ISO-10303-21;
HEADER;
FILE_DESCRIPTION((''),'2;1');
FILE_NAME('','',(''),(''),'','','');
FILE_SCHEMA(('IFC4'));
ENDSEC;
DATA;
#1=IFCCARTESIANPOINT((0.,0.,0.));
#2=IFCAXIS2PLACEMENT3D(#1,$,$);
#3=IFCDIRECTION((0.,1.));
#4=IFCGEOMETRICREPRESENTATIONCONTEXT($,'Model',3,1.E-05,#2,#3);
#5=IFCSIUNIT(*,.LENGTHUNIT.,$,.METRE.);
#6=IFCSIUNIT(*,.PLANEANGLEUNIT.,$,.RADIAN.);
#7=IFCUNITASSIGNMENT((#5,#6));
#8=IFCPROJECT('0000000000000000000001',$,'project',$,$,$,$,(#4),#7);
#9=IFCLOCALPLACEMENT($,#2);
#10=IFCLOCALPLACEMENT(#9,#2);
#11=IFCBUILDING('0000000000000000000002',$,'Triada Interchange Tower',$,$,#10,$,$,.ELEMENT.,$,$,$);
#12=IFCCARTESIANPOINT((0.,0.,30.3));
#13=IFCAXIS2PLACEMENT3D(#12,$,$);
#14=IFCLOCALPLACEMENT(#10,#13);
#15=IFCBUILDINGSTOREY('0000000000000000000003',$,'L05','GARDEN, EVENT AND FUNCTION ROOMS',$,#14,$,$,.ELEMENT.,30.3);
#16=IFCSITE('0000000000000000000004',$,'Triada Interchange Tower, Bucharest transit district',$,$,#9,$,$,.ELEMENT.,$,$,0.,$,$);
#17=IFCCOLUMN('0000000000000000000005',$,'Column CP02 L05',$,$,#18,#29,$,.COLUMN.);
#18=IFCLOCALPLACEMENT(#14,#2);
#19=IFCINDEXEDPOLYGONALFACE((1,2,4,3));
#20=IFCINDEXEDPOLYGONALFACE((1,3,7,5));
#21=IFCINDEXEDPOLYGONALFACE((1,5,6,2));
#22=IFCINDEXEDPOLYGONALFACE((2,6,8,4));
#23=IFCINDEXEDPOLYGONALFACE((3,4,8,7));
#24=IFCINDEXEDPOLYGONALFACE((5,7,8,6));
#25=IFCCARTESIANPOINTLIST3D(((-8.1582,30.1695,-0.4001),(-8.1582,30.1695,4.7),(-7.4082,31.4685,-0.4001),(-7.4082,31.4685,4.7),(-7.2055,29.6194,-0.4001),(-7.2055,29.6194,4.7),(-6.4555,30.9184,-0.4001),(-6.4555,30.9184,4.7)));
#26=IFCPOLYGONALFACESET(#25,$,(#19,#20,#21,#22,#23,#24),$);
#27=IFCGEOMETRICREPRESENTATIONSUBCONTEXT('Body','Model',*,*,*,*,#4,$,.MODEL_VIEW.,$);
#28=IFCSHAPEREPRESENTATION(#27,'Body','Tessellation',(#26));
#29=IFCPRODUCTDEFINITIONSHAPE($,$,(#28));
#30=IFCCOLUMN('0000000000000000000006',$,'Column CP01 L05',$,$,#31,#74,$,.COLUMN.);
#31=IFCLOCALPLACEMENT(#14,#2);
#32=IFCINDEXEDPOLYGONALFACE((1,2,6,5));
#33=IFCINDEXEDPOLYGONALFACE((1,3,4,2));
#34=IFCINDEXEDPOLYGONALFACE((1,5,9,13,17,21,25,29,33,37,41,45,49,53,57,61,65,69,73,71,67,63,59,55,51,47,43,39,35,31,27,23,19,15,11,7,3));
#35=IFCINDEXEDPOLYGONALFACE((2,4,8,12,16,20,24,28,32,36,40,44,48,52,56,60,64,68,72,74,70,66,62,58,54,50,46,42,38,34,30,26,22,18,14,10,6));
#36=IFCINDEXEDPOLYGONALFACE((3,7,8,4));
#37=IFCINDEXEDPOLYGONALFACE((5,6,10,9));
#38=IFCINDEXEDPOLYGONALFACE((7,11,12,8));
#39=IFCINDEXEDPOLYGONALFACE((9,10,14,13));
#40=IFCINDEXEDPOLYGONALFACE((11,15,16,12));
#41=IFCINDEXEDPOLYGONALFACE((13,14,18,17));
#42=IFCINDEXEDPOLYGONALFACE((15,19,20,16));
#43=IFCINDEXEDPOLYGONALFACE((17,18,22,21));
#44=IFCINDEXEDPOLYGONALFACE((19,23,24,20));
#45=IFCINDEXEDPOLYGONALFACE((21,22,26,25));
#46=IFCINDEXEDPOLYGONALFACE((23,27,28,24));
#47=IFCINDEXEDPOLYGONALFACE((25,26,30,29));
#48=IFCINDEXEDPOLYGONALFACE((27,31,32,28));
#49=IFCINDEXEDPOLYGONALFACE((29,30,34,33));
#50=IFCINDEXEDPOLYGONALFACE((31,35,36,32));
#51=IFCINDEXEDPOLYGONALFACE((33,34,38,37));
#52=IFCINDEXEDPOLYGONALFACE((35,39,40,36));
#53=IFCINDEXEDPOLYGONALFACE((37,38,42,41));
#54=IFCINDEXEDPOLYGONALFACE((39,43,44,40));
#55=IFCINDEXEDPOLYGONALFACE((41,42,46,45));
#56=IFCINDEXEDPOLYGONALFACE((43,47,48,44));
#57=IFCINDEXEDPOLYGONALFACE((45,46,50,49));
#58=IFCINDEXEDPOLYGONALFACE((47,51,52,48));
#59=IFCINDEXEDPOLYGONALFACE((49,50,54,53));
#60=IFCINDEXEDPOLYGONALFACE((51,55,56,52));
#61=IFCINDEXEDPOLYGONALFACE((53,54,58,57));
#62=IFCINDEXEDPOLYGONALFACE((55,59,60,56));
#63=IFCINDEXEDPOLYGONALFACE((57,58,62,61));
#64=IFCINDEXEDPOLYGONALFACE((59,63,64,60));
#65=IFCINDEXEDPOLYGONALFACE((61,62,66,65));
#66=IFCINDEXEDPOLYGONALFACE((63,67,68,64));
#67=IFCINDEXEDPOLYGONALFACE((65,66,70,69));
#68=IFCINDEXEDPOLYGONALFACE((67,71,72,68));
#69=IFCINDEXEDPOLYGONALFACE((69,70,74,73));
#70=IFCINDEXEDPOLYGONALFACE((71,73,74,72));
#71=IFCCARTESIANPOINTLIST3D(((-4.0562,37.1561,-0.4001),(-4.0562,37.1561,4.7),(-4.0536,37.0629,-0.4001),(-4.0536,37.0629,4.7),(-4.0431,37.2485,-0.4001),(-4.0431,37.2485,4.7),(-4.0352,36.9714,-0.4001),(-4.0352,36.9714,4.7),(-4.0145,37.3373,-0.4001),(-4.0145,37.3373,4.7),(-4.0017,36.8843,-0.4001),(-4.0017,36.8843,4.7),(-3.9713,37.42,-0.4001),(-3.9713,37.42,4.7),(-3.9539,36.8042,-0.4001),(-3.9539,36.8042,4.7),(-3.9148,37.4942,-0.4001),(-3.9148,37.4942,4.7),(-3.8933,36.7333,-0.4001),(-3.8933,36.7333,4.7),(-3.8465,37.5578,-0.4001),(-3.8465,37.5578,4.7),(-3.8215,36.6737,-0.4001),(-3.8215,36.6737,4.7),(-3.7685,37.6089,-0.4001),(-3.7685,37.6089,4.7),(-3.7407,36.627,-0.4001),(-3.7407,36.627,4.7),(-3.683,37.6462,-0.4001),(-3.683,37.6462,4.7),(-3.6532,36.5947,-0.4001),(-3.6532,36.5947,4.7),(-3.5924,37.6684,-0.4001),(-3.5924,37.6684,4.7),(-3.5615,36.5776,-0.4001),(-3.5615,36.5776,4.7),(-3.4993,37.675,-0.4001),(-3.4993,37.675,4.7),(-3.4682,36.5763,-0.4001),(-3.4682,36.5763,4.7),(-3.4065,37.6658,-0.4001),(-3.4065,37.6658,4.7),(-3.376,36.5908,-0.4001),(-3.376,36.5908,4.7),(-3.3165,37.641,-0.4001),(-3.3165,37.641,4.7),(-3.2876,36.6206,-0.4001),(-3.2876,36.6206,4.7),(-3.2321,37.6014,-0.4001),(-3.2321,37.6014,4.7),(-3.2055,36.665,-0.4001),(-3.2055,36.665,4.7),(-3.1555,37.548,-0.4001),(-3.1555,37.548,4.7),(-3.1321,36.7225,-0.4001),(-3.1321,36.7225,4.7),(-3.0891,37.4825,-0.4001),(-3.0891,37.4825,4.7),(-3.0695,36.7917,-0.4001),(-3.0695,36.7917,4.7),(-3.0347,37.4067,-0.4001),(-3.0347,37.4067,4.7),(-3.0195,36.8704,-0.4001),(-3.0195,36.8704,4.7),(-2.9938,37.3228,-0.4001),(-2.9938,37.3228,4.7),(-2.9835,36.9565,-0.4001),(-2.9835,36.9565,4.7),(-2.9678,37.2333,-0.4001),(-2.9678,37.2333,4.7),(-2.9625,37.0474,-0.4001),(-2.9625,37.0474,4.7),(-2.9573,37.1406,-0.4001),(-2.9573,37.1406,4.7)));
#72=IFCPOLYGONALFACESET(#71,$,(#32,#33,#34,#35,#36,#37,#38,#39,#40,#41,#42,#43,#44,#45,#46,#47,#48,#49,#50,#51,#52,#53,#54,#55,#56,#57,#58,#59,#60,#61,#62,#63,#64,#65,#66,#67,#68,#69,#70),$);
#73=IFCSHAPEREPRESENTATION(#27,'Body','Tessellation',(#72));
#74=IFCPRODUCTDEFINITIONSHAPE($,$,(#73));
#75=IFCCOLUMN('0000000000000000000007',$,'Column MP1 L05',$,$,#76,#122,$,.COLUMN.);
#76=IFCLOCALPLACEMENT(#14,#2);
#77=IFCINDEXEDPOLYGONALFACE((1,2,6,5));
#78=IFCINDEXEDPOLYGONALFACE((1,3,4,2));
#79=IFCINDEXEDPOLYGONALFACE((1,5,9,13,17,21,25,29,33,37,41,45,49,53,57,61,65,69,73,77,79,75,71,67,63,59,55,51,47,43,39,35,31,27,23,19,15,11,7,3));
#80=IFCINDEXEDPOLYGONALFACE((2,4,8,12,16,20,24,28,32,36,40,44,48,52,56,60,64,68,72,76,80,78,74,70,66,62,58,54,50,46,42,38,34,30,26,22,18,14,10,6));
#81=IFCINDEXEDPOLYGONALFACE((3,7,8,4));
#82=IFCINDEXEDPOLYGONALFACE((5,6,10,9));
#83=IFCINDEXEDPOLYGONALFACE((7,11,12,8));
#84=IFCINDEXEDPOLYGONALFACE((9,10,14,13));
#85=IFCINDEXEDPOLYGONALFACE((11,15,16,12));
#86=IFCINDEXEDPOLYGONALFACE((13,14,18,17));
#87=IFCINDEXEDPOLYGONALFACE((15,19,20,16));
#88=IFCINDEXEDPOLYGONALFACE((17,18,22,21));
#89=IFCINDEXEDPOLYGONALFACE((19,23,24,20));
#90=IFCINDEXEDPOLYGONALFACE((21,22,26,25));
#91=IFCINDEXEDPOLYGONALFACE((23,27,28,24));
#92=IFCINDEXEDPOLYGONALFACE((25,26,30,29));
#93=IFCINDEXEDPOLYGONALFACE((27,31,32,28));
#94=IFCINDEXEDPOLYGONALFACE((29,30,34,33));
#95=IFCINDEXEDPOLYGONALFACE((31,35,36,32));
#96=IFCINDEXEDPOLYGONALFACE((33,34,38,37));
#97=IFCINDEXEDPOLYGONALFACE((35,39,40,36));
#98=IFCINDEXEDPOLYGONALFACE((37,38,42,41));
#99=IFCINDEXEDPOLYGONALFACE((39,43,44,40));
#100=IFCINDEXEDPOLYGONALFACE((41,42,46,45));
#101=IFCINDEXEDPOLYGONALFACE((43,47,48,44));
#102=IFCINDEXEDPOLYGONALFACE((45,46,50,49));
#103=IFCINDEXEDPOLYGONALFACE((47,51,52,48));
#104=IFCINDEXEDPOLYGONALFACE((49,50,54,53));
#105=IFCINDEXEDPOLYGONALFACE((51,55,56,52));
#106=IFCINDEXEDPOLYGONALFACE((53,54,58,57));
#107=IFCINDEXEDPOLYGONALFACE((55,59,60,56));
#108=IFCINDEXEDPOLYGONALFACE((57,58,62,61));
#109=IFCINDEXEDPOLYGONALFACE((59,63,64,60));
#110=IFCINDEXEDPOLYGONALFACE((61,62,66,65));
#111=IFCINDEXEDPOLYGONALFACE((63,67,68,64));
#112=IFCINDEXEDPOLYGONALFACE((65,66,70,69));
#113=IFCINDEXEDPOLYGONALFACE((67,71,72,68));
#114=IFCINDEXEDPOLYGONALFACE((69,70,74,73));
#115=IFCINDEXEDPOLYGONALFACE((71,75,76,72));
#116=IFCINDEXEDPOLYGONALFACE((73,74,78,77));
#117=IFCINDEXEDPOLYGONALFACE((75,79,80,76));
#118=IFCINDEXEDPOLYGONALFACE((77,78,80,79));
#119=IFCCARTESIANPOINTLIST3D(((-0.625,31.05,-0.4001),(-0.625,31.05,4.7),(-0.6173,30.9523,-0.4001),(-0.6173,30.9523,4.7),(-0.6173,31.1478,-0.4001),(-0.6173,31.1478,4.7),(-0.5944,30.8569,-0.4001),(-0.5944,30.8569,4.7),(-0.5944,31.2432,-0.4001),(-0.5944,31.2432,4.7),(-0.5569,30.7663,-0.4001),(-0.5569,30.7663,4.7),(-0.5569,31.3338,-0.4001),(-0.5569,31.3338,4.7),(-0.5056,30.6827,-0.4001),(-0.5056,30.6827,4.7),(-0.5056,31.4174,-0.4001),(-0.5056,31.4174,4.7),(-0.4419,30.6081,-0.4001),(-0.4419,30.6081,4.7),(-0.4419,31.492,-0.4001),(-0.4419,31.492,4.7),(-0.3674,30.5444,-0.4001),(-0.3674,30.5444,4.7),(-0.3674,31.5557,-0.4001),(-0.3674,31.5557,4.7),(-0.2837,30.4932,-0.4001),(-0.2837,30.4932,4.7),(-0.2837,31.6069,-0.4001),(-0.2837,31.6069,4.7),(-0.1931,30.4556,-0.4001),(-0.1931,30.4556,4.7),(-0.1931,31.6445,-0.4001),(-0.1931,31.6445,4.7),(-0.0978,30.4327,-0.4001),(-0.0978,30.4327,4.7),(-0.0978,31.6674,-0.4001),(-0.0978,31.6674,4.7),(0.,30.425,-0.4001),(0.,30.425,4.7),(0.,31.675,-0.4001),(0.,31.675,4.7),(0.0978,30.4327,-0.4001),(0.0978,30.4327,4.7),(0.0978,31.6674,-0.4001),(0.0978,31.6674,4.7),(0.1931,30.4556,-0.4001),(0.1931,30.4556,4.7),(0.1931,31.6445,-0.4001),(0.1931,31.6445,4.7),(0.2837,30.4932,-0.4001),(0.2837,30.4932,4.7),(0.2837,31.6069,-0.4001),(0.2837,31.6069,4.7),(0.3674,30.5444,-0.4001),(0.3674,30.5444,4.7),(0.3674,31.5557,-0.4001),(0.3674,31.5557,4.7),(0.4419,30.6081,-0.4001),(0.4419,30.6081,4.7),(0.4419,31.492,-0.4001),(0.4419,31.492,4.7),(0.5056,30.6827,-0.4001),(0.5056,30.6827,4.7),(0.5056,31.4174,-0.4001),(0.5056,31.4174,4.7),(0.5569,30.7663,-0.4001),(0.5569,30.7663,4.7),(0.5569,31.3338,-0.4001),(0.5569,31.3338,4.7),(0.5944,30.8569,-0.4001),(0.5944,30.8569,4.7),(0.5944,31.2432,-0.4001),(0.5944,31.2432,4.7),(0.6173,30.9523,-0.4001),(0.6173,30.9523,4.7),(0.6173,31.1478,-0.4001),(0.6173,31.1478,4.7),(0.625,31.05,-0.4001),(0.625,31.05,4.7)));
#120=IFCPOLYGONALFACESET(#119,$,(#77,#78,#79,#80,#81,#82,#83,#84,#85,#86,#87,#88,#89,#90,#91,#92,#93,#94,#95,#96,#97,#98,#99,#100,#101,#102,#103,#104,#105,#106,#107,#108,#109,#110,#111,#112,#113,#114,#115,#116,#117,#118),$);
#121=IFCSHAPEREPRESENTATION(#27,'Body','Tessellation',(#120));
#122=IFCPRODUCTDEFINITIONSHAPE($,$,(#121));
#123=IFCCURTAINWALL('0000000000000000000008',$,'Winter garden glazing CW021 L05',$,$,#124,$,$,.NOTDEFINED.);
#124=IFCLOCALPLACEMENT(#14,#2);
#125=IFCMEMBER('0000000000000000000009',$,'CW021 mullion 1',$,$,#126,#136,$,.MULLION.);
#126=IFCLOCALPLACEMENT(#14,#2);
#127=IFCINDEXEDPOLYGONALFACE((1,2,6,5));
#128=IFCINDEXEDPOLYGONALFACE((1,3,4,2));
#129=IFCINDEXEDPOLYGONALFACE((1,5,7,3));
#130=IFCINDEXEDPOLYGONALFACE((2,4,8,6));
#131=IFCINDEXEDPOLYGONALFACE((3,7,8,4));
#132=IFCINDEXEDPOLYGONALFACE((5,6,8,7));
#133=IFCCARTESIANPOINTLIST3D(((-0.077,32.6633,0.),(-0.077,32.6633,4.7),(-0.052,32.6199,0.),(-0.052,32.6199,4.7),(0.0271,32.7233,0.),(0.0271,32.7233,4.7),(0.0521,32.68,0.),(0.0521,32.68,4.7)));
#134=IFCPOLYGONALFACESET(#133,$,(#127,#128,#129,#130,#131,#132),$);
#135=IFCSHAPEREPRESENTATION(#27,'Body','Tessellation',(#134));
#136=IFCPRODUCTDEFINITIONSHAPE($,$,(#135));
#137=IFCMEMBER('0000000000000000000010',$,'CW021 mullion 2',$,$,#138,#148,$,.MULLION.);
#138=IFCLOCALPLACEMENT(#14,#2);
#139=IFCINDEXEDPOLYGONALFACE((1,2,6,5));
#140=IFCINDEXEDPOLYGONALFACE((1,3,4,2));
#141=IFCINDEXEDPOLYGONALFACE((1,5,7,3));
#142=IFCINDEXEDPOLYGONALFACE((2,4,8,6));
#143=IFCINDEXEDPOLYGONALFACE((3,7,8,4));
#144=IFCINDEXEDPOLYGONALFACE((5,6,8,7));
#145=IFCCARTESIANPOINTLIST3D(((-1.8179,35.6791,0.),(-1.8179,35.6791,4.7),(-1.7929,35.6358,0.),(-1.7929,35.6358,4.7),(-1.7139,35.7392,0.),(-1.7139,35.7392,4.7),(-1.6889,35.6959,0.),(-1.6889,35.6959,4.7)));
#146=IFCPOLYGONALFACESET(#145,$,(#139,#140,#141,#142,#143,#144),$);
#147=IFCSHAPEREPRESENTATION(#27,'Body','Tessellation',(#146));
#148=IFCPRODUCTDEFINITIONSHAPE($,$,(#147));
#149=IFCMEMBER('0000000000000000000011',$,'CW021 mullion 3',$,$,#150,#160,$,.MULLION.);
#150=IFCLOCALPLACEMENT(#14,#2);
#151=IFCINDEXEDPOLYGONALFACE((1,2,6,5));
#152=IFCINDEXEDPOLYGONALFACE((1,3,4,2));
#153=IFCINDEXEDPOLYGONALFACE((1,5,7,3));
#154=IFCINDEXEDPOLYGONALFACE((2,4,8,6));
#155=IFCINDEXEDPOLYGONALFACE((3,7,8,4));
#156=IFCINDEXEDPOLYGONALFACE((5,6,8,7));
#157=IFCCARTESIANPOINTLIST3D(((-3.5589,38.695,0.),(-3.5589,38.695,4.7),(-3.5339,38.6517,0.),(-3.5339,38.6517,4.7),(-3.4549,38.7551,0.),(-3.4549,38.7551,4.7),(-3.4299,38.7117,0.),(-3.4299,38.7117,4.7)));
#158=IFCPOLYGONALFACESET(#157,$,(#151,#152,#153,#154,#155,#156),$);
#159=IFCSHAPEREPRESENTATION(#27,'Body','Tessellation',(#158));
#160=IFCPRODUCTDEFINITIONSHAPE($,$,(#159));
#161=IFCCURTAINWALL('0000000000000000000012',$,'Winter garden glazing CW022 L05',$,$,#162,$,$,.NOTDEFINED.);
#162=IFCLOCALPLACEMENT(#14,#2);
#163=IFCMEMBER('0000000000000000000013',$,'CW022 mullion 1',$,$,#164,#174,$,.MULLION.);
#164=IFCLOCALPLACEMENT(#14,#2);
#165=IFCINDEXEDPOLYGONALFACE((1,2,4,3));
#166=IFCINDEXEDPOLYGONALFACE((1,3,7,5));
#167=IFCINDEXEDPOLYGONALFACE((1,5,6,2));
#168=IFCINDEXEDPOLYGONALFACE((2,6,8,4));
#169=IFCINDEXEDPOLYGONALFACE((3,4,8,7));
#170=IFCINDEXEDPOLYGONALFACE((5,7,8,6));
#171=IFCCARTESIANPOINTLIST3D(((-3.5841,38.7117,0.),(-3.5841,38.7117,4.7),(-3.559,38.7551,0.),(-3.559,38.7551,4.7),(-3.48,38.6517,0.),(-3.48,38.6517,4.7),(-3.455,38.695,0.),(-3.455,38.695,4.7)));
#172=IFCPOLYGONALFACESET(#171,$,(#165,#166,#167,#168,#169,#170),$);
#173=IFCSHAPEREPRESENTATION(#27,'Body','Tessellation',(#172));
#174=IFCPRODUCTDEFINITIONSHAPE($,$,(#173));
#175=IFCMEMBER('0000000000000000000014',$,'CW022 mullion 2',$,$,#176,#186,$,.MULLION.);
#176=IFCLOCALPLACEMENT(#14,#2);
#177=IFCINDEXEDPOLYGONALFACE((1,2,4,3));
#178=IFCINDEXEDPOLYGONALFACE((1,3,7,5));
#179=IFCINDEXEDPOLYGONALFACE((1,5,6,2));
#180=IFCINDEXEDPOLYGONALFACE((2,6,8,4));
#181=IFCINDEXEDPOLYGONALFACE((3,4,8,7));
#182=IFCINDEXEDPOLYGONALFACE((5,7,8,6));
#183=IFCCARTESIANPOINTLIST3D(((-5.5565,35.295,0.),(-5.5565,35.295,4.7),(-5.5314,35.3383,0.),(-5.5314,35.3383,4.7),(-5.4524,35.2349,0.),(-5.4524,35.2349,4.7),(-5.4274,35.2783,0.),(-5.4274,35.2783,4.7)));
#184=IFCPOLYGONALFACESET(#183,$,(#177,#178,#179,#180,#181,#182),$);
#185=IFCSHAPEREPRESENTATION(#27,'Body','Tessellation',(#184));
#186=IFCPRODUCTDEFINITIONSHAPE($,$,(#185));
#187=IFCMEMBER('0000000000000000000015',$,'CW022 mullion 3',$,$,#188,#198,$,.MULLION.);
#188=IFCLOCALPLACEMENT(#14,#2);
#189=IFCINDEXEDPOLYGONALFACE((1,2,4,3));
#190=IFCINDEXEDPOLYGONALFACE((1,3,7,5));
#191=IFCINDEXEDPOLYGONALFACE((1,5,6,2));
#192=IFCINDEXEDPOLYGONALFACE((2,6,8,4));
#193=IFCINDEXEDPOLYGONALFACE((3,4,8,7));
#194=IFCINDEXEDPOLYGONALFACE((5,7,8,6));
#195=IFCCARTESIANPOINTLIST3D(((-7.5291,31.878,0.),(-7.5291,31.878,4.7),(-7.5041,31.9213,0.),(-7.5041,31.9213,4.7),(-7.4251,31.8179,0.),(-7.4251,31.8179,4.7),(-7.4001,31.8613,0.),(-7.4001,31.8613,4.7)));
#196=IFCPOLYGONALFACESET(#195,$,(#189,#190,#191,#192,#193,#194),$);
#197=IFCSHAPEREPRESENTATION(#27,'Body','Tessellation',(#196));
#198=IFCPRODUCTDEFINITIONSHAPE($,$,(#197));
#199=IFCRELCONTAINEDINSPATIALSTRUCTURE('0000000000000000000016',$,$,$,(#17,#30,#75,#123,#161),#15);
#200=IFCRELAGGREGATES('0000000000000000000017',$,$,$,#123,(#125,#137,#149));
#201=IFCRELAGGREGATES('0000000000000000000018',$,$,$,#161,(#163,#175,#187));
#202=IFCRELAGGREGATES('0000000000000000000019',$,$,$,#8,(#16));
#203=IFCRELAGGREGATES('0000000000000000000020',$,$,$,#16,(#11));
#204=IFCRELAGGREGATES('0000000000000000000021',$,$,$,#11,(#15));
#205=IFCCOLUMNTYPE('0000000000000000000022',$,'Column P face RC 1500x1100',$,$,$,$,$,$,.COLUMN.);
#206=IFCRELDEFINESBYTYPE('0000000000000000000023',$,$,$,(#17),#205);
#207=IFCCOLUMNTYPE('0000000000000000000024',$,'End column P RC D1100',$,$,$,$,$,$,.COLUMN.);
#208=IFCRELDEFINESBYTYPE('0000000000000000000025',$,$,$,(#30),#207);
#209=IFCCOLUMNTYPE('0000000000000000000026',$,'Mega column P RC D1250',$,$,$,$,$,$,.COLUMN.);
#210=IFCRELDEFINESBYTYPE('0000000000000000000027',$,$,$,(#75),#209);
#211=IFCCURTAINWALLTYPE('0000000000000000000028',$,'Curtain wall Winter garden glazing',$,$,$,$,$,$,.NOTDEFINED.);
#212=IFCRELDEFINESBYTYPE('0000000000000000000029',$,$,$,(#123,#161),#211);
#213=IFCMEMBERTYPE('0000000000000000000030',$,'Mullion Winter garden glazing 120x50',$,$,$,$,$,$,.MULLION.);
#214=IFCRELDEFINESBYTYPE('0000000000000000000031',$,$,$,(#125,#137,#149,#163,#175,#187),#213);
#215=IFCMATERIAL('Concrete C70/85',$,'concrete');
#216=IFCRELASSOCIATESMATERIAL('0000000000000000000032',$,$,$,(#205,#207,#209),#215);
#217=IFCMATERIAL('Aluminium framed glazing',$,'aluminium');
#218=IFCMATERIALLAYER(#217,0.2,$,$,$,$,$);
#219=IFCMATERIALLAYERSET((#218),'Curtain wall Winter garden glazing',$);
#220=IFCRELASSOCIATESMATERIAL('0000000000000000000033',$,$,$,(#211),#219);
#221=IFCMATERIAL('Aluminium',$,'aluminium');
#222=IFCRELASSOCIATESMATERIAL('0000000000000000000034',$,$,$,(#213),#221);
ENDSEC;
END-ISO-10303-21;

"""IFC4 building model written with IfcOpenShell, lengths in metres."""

from ifc_helpers import new_model, si_unit, direction, frame, origin, origin_2d, place, context, subcontext, project, spatial, rectangle, circle, extrude, material, layer, layer_set, material_profile, profile_set, type_object, element, aggregate, save


model = new_model("IFC4")

# Units and contexts
model_context = context("Model", 3, precision=1e-05, world=origin(), true_north=direction((0.0, 1.0)))
body_context = subcontext(model_context, "Body", "Model", "MODEL_VIEW")
ifc_project = project(units=[si_unit("LENGTHUNIT", "METRE"), si_unit("PLANEANGLEUNIT", "RADIAN")], contexts=[model_context])

# Site, building, storey
site_placement = place(None, origin())
site = spatial("IfcSite", under=ifc_project, at=site_placement, Name="Triada Interchange Tower, Bucharest transit district", CompositionType="ELEMENT", RefElevation=0.0)
building_placement = place(site_placement, origin())
building = spatial("IfcBuilding", under=site, at=building_placement, Name="Triada Interchange Tower", CompositionType="ELEMENT")
storey_placement = place(building_placement, frame((0.0, 0.0, 30.3)))
storey = spatial("IfcBuildingStorey", under=building, at=storey_placement, Name="L05", Description="GARDEN, EVENT AND FUNCTION ROOMS", CompositionType="ELEMENT", Elevation=30.3)

# Columns
ifc_material_1 = material(Name="Concrete C70/85", Category="concrete")
ifc_material_profile_1 = material_profile(ifc_material_1, rectangle(XDim=1.5, YDim=1.1001, at=origin_2d()), Name="RC 1500x1100")
ifc_profile_set_1 = profile_set([ifc_material_profile_1], Name="Concrete C70/85")
column_type_1 = type_object("IfcColumnType", Name="Column P face RC 1500x1100", PredefinedType="COLUMN", material=ifc_profile_set_1)
column_1_placement = place(storey_placement, frame((-7.3069, 30.5439, -0.4001), z_axis=(0.0, 0.0, 1.0), x_axis=(0.5, 0.866025, 0.0)))
element("IfcColumn", 1, at=column_1_placement, inside=storey, type_object=column_type_1, Name="Column CP02 L05", PredefinedType="COLUMN", context=body_context, shape_type="SweptSolid", body=[
    extrude(rectangle(XDim=1.5, YDim=1.1001, at=origin_2d()), origin(), (0.0, 0.0, 1.0), 5.1001),
])
ifc_material_profile_2 = material_profile(ifc_material_1, circle(Radius=0.55, at=origin_2d()), Name="RC D1100")
ifc_profile_set_2 = profile_set([ifc_material_profile_2], Name="Concrete C70/85")
column_type_2 = type_object("IfcColumnType", Name="End column P RC D1100", PredefinedType="COLUMN", material=ifc_profile_set_2)
column_2_placement = place(storey_placement, frame((-3.5071, 37.125, -0.4001), z_axis=(0.0, 0.0, 1.0), x_axis=(0.5, 0.866025, 0.0)))
element("IfcColumn", 2, at=column_2_placement, inside=storey, type_object=column_type_2, Name="Column CP01 L05", PredefinedType="COLUMN", context=body_context, shape_type="SweptSolid", body=[
    extrude(circle(Radius=0.55, at=origin_2d()), origin(), (0.0, 0.0, 1.0), 5.1001),
])
ifc_material_profile_3 = material_profile(ifc_material_1, circle(Radius=0.625, at=origin_2d()), Name="RC D1250")
ifc_profile_set_3 = profile_set([ifc_material_profile_3], Name="Concrete C70/85")
column_type_3 = type_object("IfcColumnType", Name="Mega column P RC D1250", PredefinedType="COLUMN", material=ifc_profile_set_3)
column_3_placement = place(storey_placement, frame((0.0, 31.05, -0.4001), z_axis=(0.0, 0.0, 1.0), x_axis=(1.0, 0.0, 0.0)))
element("IfcColumn", 3, at=column_3_placement, inside=storey, type_object=column_type_3, Name="Column MP1 L05", PredefinedType="COLUMN", context=body_context, shape_type="SweptSolid", body=[
    extrude(circle(Radius=0.625, at=origin_2d()), origin(), (0.0, 0.0, 1.0), 5.1001),
])

# Curtain walls, members
ifc_material_2 = material(Name="Aluminium framed glazing", Category="aluminium")
ifc_layer_1 = layer(ifc_material_2, 0.2)
ifc_layer_set_1 = layer_set([ifc_layer_1], Name="Curtain wall Winter garden glazing")
curtain_wall_type = type_object("IfcCurtainWallType", Name="Curtain wall Winter garden glazing", PredefinedType="NOTDEFINED", material=ifc_layer_set_1)
curtain_wall_1_placement = place(storey_placement, origin())
curtain_wall_1 = element("IfcCurtainWall", 4, at=curtain_wall_1_placement, inside=storey, type_object=curtain_wall_type, Name="Winter garden glazing CW021 L05", PredefinedType="NOTDEFINED")
ifc_material_3 = material(Name="Aluminium", Category="aluminium")
ifc_material_profile_4 = material_profile(ifc_material_3, rectangle(XDim=0.1201, YDim=0.05, at=origin_2d()), Name="Aluminium mullion")
ifc_profile_set_4 = profile_set([ifc_material_profile_4], Name="Aluminium")
member_type_1 = type_object("IfcMemberType", Name="Mullion Winter garden glazing 120x50", PredefinedType="MULLION", material=ifc_profile_set_4)
member_1_placement = place(storey_placement, frame((-0.0125, 32.6716, 0.0), z_axis=(0.0, 0.0, 1.0), x_axis=(-0.86605, -0.499957, 0.0)))
member_1 = element("IfcMember", 5, at=member_1_placement, type_object=member_type_1, Name="CW021 mullion 1", PredefinedType="MULLION", context=body_context, shape_type="SweptSolid", body=[
    extrude(rectangle(XDim=0.1201, YDim=0.05, at=origin_2d()), origin(), (0.0, 0.0, 1.0), 4.7),
])
member_2_placement = place(storey_placement, frame((-1.7534, 35.6875, 0.0), z_axis=(0.0, 0.0, 1.0), x_axis=(-0.86605, -0.499957, 0.0)))
member_2 = element("IfcMember", 6, at=member_2_placement, type_object=member_type_1, Name="CW021 mullion 2", PredefinedType="MULLION", context=body_context, shape_type="SweptSolid", body=[
    extrude(rectangle(XDim=0.1201, YDim=0.05, at=origin_2d()), origin(), (0.0, 0.0, 1.0), 4.7),
])
member_3_placement = place(storey_placement, frame((-3.4944, 38.7034, 0.0), z_axis=(0.0, 0.0, 1.0), x_axis=(-0.86605, -0.499957, 0.0)))
member_3 = element("IfcMember", 7, at=member_3_placement, type_object=member_type_1, Name="CW021 mullion 3", PredefinedType="MULLION", context=body_context, shape_type="SweptSolid", body=[
    extrude(rectangle(XDim=0.1201, YDim=0.05, at=origin_2d()), origin(), (0.0, 0.0, 1.0), 4.7),
])
curtain_wall_2_placement = place(storey_placement, origin())
curtain_wall_2 = element("IfcCurtainWall", 8, at=curtain_wall_2_placement, inside=storey, type_object=curtain_wall_type, Name="Winter garden glazing CW022 L05", PredefinedType="NOTDEFINED")
member_4_placement = place(storey_placement, frame((-3.5195, 38.7034, 0.0), z_axis=(0.0, 0.0, 1.0), x_axis=(0.866049, -0.499959, 0.0)))
member_4 = element("IfcMember", 9, at=member_4_placement, type_object=member_type_1, Name="CW022 mullion 1", PredefinedType="MULLION", context=body_context, shape_type="SweptSolid", body=[
    extrude(rectangle(XDim=0.1201, YDim=0.05, at=origin_2d()), origin(), (0.0, 0.0, 1.0), 4.7),
])
member_5_placement = place(storey_placement, frame((-5.4919, 35.2866, 0.0), z_axis=(0.0, 0.0, 1.0), x_axis=(0.866049, -0.499959, 0.0)))
member_5 = element("IfcMember", 10, at=member_5_placement, type_object=member_type_1, Name="CW022 mullion 2", PredefinedType="MULLION", context=body_context, shape_type="SweptSolid", body=[
    extrude(rectangle(XDim=0.1201, YDim=0.05, at=origin_2d()), origin(), (0.0, 0.0, 1.0), 4.7),
])
member_6_placement = place(storey_placement, frame((-7.4646, 31.8696, 0.0), z_axis=(0.0, 0.0, 1.0), x_axis=(0.866049, -0.499959, 0.0)))
member_6 = element("IfcMember", 11, at=member_6_placement, type_object=member_type_1, Name="CW022 mullion 3", PredefinedType="MULLION", context=body_context, shape_type="SweptSolid", body=[
    extrude(rectangle(XDim=0.1201, YDim=0.05, at=origin_2d()), origin(), (0.0, 0.0, 1.0), 4.7),
])

aggregate(curtain_wall_1, [member_1, member_2, member_3])
aggregate(curtain_wall_2, [member_4, member_5, member_6])

save(model, "model.ifc")
